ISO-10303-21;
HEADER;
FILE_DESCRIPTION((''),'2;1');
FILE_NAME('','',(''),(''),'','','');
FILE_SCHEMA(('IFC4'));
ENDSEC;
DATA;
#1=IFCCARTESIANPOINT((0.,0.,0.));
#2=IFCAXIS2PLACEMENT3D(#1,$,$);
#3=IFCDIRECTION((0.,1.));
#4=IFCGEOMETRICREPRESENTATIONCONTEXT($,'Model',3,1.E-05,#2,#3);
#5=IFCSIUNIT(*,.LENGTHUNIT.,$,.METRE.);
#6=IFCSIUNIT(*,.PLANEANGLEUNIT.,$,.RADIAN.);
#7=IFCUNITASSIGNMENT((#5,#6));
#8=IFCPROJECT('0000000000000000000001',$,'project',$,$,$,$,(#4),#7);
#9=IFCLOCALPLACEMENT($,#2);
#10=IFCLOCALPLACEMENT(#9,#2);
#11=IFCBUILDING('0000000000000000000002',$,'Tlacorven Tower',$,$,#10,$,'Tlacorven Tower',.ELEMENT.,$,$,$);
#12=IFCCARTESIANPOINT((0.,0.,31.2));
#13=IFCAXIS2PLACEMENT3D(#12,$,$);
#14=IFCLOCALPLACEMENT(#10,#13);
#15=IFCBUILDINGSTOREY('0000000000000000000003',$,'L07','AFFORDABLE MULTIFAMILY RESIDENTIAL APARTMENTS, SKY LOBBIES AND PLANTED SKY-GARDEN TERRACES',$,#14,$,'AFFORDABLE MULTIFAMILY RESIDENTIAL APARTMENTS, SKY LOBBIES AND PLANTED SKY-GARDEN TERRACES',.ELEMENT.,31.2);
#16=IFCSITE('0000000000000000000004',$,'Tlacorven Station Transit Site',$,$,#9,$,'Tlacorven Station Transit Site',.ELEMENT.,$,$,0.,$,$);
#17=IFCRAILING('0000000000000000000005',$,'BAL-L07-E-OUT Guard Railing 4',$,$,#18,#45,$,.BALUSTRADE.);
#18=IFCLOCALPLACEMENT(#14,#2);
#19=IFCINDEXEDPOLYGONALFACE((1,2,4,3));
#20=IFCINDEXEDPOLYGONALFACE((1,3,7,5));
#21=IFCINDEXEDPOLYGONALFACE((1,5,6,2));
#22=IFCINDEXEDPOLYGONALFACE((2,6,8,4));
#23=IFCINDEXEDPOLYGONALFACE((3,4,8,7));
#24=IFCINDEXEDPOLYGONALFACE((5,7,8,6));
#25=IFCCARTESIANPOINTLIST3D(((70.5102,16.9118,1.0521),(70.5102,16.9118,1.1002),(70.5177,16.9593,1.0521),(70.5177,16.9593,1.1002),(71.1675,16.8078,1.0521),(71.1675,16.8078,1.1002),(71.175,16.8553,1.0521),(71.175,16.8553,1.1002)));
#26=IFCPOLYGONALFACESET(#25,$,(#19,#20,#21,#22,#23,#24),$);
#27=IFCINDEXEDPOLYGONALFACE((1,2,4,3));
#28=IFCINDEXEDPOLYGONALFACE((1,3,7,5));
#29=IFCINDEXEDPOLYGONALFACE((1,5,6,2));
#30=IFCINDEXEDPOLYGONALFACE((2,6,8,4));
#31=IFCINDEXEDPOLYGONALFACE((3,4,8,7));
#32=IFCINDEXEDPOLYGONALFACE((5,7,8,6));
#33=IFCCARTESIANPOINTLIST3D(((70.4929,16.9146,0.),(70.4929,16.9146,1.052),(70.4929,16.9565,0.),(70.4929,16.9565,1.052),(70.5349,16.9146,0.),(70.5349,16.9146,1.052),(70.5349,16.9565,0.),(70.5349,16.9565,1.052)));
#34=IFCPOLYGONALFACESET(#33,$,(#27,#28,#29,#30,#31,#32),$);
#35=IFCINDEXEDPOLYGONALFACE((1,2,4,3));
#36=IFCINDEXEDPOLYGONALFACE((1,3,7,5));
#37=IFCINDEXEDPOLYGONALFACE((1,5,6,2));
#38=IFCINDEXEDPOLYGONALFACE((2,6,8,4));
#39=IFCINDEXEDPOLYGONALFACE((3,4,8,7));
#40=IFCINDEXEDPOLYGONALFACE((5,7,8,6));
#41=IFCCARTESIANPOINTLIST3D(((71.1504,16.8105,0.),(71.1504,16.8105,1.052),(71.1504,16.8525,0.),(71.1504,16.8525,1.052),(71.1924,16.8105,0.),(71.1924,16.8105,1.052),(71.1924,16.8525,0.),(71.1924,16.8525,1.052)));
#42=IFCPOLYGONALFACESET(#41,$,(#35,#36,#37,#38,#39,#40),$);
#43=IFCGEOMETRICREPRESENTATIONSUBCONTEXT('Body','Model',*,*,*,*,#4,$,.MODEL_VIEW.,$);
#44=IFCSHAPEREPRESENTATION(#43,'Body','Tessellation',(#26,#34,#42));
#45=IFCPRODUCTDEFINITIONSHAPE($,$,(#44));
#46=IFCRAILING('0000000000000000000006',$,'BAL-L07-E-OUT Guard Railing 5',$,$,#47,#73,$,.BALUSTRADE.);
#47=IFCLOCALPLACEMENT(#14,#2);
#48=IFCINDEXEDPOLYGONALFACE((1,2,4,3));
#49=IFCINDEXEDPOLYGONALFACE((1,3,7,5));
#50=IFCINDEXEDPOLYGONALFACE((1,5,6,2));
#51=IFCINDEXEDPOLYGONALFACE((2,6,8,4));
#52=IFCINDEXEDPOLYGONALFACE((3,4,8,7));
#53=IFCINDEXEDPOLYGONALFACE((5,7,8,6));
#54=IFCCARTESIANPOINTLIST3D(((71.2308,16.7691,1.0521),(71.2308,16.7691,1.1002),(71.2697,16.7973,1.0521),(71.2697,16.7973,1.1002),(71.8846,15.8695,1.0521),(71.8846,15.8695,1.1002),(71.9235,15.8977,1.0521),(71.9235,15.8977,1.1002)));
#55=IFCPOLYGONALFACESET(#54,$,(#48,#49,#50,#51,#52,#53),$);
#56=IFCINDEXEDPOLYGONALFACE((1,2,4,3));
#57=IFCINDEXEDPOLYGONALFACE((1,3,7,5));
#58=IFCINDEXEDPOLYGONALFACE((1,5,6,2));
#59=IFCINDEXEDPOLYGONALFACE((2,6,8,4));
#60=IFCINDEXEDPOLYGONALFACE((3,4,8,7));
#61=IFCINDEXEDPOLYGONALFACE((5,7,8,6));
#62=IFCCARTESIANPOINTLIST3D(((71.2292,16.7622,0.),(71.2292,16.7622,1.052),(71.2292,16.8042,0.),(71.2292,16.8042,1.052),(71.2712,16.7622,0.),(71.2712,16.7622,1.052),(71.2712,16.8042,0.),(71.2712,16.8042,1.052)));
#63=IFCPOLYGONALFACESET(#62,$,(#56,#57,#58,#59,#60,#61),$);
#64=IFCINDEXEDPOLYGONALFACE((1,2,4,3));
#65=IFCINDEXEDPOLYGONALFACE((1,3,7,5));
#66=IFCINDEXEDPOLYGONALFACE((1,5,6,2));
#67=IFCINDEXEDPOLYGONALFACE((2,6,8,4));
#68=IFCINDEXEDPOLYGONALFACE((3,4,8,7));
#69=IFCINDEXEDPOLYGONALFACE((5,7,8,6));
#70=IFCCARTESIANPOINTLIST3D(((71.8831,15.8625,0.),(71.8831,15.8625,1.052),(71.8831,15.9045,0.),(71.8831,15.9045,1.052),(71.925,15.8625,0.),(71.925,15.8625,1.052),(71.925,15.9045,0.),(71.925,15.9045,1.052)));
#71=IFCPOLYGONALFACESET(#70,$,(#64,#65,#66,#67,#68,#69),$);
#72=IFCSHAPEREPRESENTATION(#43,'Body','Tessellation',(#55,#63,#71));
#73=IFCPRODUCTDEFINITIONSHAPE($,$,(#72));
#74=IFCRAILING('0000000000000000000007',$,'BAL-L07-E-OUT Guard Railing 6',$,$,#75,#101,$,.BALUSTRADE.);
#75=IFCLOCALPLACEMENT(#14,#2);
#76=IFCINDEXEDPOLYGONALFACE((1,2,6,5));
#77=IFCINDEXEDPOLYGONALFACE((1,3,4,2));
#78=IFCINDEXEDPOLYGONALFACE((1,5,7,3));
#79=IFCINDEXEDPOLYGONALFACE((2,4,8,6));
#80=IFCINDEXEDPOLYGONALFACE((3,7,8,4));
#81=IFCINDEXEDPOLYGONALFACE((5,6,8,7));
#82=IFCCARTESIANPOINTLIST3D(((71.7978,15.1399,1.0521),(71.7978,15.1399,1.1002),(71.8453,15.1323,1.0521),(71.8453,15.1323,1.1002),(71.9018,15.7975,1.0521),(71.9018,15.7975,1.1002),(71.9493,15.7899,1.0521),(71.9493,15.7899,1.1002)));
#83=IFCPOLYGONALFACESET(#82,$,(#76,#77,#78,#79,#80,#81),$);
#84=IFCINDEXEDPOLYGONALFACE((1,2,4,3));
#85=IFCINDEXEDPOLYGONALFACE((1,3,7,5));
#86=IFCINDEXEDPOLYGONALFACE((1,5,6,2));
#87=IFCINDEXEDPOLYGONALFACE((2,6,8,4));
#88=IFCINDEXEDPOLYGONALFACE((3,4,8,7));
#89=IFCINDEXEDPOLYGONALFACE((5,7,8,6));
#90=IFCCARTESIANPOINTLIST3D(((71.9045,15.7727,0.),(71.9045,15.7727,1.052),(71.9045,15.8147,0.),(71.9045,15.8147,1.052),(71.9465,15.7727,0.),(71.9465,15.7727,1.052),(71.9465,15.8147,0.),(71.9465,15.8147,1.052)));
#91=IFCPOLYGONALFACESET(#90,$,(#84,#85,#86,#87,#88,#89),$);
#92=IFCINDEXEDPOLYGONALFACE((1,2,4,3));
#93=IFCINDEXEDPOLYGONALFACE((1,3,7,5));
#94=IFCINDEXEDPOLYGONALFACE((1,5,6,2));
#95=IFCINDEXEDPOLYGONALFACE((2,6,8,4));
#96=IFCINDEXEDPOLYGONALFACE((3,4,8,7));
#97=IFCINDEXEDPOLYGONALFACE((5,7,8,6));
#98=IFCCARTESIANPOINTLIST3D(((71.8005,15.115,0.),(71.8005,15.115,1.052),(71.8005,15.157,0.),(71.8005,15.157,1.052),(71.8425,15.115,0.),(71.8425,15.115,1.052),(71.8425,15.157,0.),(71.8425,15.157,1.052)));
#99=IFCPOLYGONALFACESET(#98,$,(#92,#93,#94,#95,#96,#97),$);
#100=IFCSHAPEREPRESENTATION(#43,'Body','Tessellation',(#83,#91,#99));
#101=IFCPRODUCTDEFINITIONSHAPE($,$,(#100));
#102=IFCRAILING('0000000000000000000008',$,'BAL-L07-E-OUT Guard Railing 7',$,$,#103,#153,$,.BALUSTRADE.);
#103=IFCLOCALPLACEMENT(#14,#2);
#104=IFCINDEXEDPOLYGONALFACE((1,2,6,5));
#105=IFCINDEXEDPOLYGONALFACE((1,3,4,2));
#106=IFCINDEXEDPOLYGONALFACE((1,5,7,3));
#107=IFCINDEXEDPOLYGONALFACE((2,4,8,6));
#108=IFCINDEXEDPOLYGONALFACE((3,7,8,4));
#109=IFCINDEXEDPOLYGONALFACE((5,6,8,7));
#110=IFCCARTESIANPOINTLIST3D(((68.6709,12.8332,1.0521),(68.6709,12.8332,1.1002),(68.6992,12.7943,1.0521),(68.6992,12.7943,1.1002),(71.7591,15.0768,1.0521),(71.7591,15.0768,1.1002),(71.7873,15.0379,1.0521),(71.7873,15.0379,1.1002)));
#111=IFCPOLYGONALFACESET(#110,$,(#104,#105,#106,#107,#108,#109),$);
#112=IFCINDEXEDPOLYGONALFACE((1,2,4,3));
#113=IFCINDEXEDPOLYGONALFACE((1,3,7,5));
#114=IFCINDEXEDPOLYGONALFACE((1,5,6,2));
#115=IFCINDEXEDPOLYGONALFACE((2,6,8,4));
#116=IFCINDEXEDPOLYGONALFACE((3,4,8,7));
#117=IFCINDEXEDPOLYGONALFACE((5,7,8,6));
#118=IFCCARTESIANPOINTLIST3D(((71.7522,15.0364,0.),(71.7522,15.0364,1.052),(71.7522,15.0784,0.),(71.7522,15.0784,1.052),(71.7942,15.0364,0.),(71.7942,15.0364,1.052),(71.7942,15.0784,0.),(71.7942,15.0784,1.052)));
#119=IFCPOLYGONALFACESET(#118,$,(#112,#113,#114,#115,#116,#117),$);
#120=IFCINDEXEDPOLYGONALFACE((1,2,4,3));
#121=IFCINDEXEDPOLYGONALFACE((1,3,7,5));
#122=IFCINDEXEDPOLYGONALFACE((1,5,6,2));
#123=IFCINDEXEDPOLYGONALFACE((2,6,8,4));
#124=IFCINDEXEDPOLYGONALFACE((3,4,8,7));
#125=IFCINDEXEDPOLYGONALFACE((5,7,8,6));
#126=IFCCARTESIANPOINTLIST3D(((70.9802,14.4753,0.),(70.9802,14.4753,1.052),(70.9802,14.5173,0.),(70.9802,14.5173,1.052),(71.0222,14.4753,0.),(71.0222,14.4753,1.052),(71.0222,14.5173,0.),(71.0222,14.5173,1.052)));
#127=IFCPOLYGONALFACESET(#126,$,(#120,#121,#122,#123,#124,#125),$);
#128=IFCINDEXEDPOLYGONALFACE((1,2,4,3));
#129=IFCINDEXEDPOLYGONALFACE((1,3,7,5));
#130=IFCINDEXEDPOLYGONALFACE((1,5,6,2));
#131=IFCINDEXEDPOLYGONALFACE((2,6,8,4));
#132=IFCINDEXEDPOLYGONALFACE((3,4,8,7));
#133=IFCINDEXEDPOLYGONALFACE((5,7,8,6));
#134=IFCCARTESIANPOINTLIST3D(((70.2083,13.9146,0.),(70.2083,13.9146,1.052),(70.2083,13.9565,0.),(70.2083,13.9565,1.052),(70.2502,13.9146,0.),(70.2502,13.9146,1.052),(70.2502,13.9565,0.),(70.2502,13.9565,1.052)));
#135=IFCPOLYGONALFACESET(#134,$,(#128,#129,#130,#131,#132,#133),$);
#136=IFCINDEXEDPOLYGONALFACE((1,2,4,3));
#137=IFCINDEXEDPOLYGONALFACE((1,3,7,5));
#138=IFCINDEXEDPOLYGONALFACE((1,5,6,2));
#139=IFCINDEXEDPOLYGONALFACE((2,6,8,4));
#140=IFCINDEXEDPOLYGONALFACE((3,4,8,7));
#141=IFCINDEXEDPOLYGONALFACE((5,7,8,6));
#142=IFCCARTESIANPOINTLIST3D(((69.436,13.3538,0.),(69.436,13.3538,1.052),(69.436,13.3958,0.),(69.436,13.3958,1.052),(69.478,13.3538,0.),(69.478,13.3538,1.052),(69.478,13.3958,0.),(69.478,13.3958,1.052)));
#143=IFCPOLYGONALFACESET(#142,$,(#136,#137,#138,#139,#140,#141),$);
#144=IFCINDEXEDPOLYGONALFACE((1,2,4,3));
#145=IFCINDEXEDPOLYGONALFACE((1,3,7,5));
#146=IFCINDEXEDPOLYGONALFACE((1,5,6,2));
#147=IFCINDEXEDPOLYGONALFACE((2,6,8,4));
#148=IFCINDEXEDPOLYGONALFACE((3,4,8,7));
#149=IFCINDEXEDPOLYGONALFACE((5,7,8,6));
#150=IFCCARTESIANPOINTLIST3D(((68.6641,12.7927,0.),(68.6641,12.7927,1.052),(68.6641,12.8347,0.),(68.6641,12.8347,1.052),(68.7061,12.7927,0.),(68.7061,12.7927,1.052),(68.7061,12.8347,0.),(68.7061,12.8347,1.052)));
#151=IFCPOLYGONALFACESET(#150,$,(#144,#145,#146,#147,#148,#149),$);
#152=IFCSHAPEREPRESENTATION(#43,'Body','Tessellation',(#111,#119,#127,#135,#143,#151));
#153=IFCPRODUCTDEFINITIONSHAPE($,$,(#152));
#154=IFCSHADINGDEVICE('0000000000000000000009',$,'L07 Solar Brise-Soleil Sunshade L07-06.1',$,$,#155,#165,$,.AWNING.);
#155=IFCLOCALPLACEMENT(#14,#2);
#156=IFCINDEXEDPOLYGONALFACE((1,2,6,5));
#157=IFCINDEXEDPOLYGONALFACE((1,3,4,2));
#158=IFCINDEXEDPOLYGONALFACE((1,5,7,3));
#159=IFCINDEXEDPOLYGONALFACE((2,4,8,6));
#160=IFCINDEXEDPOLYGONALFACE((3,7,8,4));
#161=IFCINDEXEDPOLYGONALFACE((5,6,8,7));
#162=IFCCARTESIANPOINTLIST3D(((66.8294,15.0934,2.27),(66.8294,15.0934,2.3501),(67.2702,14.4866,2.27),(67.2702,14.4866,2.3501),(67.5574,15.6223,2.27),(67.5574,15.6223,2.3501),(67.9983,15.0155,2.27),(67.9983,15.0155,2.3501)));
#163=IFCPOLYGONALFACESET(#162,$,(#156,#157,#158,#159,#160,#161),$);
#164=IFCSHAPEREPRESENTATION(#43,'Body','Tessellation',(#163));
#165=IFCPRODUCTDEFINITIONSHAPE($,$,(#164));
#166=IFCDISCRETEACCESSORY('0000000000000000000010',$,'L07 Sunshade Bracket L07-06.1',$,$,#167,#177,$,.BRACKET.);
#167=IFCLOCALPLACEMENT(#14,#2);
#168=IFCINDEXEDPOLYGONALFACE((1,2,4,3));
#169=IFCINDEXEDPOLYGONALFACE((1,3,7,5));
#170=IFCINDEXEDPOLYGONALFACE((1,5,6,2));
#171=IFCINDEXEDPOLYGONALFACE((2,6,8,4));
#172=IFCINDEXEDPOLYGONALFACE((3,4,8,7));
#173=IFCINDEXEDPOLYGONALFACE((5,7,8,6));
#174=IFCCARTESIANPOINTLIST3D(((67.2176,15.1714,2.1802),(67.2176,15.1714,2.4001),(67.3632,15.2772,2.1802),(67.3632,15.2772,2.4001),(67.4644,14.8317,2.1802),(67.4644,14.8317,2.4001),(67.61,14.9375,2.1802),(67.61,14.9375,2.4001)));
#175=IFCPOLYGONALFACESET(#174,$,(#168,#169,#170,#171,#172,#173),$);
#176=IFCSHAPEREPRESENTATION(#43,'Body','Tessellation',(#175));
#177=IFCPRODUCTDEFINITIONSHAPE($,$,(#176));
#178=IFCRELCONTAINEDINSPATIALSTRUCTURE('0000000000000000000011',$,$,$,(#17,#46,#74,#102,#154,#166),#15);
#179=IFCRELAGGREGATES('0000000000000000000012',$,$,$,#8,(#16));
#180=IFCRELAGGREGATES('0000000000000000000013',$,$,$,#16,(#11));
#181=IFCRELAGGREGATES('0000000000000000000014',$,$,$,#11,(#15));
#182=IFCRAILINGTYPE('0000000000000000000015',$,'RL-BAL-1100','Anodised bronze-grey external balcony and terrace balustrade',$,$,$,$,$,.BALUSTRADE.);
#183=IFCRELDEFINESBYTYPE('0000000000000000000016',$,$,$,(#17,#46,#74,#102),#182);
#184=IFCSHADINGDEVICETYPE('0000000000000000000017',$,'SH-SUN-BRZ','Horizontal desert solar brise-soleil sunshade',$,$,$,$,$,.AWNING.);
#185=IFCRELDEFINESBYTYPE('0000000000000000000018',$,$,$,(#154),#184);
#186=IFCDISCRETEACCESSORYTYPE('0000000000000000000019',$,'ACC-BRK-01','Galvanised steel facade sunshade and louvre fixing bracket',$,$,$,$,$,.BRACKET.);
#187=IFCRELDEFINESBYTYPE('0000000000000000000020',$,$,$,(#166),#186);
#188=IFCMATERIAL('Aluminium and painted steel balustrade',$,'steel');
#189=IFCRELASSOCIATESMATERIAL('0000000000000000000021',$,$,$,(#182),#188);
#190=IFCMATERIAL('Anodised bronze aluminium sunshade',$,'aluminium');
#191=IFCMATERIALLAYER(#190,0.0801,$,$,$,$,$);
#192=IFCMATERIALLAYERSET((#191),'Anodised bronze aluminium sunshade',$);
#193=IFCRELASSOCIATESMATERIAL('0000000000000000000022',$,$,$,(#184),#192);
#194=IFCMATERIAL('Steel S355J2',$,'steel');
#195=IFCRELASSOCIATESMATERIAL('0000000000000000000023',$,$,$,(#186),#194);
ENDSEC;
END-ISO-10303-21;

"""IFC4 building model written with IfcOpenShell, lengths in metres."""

from ifc_helpers import new_model, si_unit, direction, frame, origin, origin_2d, place, context, subcontext, project, spatial, rectangle, extrude, source, transform, mapped, material, layer, layer_set, type_object, element, save


model = new_model("IFC4")

# Units and contexts
model_context = context("Model", 3, precision=1e-05, world=origin(), true_north=direction((0.0, 1.0)))
body_context = subcontext(model_context, "Body", "Model", "MODEL_VIEW")
ifc_project = project(units=[si_unit("LENGTHUNIT", "METRE"), si_unit("PLANEANGLEUNIT", "RADIAN")], contexts=[model_context])

# Site, building, storey
site_placement = place(None, origin())
site = spatial("IfcSite", under=ifc_project, at=site_placement, Name="Tlacorven Station Transit Site", LongName="Tlacorven Station Transit Site", CompositionType="ELEMENT", RefElevation=0.0)
building_placement = place(site_placement, origin())
building = spatial("IfcBuilding", under=site, at=building_placement, Name="Tlacorven Tower", LongName="Tlacorven Tower", CompositionType="ELEMENT")
storey_placement = place(building_placement, frame((0.0, 0.0, 31.2)))
storey = spatial("IfcBuildingStorey", under=building, at=storey_placement, Name="L07", Description="AFFORDABLE MULTIFAMILY RESIDENTIAL APARTMENTS, SKY LOBBIES AND PLANTED SKY-GARDEN TERRACES", LongName="AFFORDABLE MULTIFAMILY RESIDENTIAL APARTMENTS, SKY LOBBIES AND PLANTED SKY-GARDEN TERRACES", CompositionType="ELEMENT", Elevation=31.2)

# Shared definitions
ifc_material_1 = material(Name="Steel S355J2", Category="steel")

# Railings
ifc_material_2 = material(Name="Aluminium and painted steel balustrade", Category="steel")
railing_type = type_object("IfcRailingType", Name="RL-BAL-1100", Description="Anodised bronze-grey external balcony and terrace balustrade", PredefinedType="BALUSTRADE", material=ifc_material_2)
shared_shape_1 = source(origin(), body_context, "Body", "SweptSolid", [
    extrude(rectangle(XDim=0.0481, YDim=0.0481, at=origin_2d()), frame((0.0, 0.0, 1.0762), z_axis=(0.987718, -0.156245, 0.0), x_axis=(0.156245, 0.987718, 0.0)), (0.0, 0.0, 1.0), 0.6655),
    extrude(rectangle(XDim=0.042, YDim=0.042, at=origin_2d()), origin(), (0.0, 0.0, 1.0), 1.052),
    extrude(rectangle(XDim=0.042, YDim=0.042, at=origin_2d()), frame((0.6575, -0.104, 0.0)), (0.0, 0.0, 1.0), 1.052),
])
railing_1_placement = place(storey_placement, frame((70.5139, 16.9355, 0.0)))
element("IfcRailing", 1, at=railing_1_placement, inside=storey, type_object=railing_type, Name="BAL-L07-E-OUT Guard Railing 4", PredefinedType="BALUSTRADE", context=body_context, shape_type="MappedRepresentation", body=[
    mapped(shared_shape_1, transform((0.0, 0.0, 0.0), scale=1.0)),
])
shared_shape_2 = source(origin(), body_context, "Body", "SweptSolid", [
    extrude(rectangle(XDim=0.0481, YDim=0.0481, at=origin_2d()), frame((0.0, 0.0, 1.0762), z_axis=(0.587884, -0.808945, 0.0), x_axis=(0.808945, 0.587884, 0.0)), (0.0, 0.0, 1.0), 1.1121),
    extrude(rectangle(XDim=0.042, YDim=0.042, at=origin_2d()), origin(), (0.0, 0.0, 1.0), 1.052),
    extrude(rectangle(XDim=0.042, YDim=0.042, at=origin_2d()), frame((0.6538, -0.8997, 0.0)), (0.0, 0.0, 1.0), 1.052),
])
railing_2_placement = place(storey_placement, frame((71.2502, 16.7832, 0.0)))
element("IfcRailing", 2, at=railing_2_placement, inside=storey, type_object=railing_type, Name="BAL-L07-E-OUT Guard Railing 5", PredefinedType="BALUSTRADE", context=body_context, shape_type="MappedRepresentation", body=[
    mapped(shared_shape_2, transform((0.0, 0.0, 0.0), scale=1.0)),
])
shared_shape_3 = source(origin(), body_context, "Body", "SweptSolid", [
    extrude(rectangle(XDim=0.0481, YDim=0.0481, at=origin_2d()), frame((0.0, 0.0, 1.0762), z_axis=(-0.156188, -0.987727, 0.0), x_axis=(0.987727, -0.156188, 0.0)), (0.0, 0.0, 1.0), 0.6658),
    extrude(rectangle(XDim=0.042, YDim=0.042, at=origin_2d()), origin(), (0.0, 0.0, 1.0), 1.052),
    extrude(rectangle(XDim=0.042, YDim=0.042, at=origin_2d()), frame((-0.104, -0.6577, 0.0)), (0.0, 0.0, 1.0), 1.052),
])
railing_3_placement = place(storey_placement, frame((71.9255, 15.7937, 0.0)))
element("IfcRailing", 3, at=railing_3_placement, inside=storey, type_object=railing_type, Name="BAL-L07-E-OUT Guard Railing 6", PredefinedType="BALUSTRADE", context=body_context, shape_type="MappedRepresentation", body=[
    mapped(shared_shape_3, transform((0.0, 0.0, 0.0), scale=1.0)),
])
shared_shape_4 = source(origin(), body_context, "Body", "SweptSolid", [
    extrude(rectangle(XDim=0.0481, YDim=0.0481, at=origin_2d()), frame((0.0, 0.0, 1.0762), z_axis=(-0.809018, -0.587784, 0.0), x_axis=(0.587784, -0.809018, 0.0)), (0.0, 0.0, 1.0), 3.8171),
    extrude(rectangle(XDim=0.042, YDim=0.042, at=origin_2d()), origin(), (0.0, 0.0, 1.0), 1.052),
    extrude(rectangle(XDim=0.042, YDim=0.042, at=origin_2d()), frame((-0.772, -0.561, 0.0)), (0.0, 0.0, 1.0), 1.052),
    extrude(rectangle(XDim=0.042, YDim=0.042, at=origin_2d()), frame((-1.5439, -1.1218, 0.0)), (0.0, 0.0, 1.0), 1.052),
    extrude(rectangle(XDim=0.042, YDim=0.042, at=origin_2d()), frame((-2.3162, -1.6826, 0.0)), (0.0, 0.0, 1.0), 1.052),
    extrude(rectangle(XDim=0.042, YDim=0.042, at=origin_2d()), frame((-3.0881, -2.2437, 0.0)), (0.0, 0.0, 1.0), 1.052),
])
railing_4_placement = place(storey_placement, frame((71.7732, 15.0574, 0.0)))
element("IfcRailing", 4, at=railing_4_placement, inside=storey, type_object=railing_type, Name="BAL-L07-E-OUT Guard Railing 7", PredefinedType="BALUSTRADE", context=body_context, shape_type="MappedRepresentation", body=[
    mapped(shared_shape_4, transform((0.0, 0.0, 0.0), scale=1.0)),
])

# Shading device
ifc_material_3 = material(Name="Anodised bronze aluminium sunshade", Category="aluminium")
ifc_layer_1 = layer(ifc_material_3, 0.0801)
ifc_layer_set_1 = layer_set([ifc_layer_1], Name="Anodised bronze aluminium sunshade")
shading_device_type = type_object("IfcShadingDeviceType", Name="SH-SUN-BRZ", Description="Horizontal desert solar brise-soleil sunshade", PredefinedType="AWNING", material=ifc_layer_set_1)
shared_shape_5 = source(origin(), body_context, "Body", "SweptSolid", [
    extrude(rectangle(XDim=0.8999, YDim=0.75, at=origin_2d()), origin(), (0.0, 0.0, 1.0), 0.0801),
])
shading_device_placement = place(storey_placement, frame((67.4138, 15.0544, 2.27), z_axis=(0.0, 0.0, 1.0), x_axis=(-0.809017, -0.587785, 0.0)))
element("IfcShadingDevice", 5, at=shading_device_placement, inside=storey, type_object=shading_device_type, Name="L07 Solar Brise-Soleil Sunshade L07-06.1", PredefinedType="AWNING", context=body_context, shape_type="MappedRepresentation", body=[
    mapped(shared_shape_5, transform((0.0, 0.0, 0.0), scale=1.0)),
])

# Discrete accessory
discrete_accessory_type = type_object("IfcDiscreteAccessoryType", Name="ACC-BRK-01", Description="Galvanised steel facade sunshade and louvre fixing bracket", PredefinedType="BRACKET", material=ifc_material_1)
shared_shape_6 = source(origin(), body_context, "Body", "SweptSolid", [
    extrude(rectangle(XDim=0.1799, YDim=0.4199, at=origin_2d()), origin(), (0.0, 0.0, 1.0), 0.22),
])
discrete_accessory_placement = place(storey_placement, frame((67.4138, 15.0544, 2.1802), z_axis=(0.0, 0.0, 1.0), x_axis=(-0.809017, -0.587785, 0.0)))
element("IfcDiscreteAccessory", 6, at=discrete_accessory_placement, inside=storey, type_object=discrete_accessory_type, Name="L07 Sunshade Bracket L07-06.1", PredefinedType="BRACKET", context=body_context, shape_type="MappedRepresentation", body=[
    mapped(shared_shape_6, transform((0.0, 0.0, 0.0), scale=1.0)),
])

save(model, "model.ifc")
